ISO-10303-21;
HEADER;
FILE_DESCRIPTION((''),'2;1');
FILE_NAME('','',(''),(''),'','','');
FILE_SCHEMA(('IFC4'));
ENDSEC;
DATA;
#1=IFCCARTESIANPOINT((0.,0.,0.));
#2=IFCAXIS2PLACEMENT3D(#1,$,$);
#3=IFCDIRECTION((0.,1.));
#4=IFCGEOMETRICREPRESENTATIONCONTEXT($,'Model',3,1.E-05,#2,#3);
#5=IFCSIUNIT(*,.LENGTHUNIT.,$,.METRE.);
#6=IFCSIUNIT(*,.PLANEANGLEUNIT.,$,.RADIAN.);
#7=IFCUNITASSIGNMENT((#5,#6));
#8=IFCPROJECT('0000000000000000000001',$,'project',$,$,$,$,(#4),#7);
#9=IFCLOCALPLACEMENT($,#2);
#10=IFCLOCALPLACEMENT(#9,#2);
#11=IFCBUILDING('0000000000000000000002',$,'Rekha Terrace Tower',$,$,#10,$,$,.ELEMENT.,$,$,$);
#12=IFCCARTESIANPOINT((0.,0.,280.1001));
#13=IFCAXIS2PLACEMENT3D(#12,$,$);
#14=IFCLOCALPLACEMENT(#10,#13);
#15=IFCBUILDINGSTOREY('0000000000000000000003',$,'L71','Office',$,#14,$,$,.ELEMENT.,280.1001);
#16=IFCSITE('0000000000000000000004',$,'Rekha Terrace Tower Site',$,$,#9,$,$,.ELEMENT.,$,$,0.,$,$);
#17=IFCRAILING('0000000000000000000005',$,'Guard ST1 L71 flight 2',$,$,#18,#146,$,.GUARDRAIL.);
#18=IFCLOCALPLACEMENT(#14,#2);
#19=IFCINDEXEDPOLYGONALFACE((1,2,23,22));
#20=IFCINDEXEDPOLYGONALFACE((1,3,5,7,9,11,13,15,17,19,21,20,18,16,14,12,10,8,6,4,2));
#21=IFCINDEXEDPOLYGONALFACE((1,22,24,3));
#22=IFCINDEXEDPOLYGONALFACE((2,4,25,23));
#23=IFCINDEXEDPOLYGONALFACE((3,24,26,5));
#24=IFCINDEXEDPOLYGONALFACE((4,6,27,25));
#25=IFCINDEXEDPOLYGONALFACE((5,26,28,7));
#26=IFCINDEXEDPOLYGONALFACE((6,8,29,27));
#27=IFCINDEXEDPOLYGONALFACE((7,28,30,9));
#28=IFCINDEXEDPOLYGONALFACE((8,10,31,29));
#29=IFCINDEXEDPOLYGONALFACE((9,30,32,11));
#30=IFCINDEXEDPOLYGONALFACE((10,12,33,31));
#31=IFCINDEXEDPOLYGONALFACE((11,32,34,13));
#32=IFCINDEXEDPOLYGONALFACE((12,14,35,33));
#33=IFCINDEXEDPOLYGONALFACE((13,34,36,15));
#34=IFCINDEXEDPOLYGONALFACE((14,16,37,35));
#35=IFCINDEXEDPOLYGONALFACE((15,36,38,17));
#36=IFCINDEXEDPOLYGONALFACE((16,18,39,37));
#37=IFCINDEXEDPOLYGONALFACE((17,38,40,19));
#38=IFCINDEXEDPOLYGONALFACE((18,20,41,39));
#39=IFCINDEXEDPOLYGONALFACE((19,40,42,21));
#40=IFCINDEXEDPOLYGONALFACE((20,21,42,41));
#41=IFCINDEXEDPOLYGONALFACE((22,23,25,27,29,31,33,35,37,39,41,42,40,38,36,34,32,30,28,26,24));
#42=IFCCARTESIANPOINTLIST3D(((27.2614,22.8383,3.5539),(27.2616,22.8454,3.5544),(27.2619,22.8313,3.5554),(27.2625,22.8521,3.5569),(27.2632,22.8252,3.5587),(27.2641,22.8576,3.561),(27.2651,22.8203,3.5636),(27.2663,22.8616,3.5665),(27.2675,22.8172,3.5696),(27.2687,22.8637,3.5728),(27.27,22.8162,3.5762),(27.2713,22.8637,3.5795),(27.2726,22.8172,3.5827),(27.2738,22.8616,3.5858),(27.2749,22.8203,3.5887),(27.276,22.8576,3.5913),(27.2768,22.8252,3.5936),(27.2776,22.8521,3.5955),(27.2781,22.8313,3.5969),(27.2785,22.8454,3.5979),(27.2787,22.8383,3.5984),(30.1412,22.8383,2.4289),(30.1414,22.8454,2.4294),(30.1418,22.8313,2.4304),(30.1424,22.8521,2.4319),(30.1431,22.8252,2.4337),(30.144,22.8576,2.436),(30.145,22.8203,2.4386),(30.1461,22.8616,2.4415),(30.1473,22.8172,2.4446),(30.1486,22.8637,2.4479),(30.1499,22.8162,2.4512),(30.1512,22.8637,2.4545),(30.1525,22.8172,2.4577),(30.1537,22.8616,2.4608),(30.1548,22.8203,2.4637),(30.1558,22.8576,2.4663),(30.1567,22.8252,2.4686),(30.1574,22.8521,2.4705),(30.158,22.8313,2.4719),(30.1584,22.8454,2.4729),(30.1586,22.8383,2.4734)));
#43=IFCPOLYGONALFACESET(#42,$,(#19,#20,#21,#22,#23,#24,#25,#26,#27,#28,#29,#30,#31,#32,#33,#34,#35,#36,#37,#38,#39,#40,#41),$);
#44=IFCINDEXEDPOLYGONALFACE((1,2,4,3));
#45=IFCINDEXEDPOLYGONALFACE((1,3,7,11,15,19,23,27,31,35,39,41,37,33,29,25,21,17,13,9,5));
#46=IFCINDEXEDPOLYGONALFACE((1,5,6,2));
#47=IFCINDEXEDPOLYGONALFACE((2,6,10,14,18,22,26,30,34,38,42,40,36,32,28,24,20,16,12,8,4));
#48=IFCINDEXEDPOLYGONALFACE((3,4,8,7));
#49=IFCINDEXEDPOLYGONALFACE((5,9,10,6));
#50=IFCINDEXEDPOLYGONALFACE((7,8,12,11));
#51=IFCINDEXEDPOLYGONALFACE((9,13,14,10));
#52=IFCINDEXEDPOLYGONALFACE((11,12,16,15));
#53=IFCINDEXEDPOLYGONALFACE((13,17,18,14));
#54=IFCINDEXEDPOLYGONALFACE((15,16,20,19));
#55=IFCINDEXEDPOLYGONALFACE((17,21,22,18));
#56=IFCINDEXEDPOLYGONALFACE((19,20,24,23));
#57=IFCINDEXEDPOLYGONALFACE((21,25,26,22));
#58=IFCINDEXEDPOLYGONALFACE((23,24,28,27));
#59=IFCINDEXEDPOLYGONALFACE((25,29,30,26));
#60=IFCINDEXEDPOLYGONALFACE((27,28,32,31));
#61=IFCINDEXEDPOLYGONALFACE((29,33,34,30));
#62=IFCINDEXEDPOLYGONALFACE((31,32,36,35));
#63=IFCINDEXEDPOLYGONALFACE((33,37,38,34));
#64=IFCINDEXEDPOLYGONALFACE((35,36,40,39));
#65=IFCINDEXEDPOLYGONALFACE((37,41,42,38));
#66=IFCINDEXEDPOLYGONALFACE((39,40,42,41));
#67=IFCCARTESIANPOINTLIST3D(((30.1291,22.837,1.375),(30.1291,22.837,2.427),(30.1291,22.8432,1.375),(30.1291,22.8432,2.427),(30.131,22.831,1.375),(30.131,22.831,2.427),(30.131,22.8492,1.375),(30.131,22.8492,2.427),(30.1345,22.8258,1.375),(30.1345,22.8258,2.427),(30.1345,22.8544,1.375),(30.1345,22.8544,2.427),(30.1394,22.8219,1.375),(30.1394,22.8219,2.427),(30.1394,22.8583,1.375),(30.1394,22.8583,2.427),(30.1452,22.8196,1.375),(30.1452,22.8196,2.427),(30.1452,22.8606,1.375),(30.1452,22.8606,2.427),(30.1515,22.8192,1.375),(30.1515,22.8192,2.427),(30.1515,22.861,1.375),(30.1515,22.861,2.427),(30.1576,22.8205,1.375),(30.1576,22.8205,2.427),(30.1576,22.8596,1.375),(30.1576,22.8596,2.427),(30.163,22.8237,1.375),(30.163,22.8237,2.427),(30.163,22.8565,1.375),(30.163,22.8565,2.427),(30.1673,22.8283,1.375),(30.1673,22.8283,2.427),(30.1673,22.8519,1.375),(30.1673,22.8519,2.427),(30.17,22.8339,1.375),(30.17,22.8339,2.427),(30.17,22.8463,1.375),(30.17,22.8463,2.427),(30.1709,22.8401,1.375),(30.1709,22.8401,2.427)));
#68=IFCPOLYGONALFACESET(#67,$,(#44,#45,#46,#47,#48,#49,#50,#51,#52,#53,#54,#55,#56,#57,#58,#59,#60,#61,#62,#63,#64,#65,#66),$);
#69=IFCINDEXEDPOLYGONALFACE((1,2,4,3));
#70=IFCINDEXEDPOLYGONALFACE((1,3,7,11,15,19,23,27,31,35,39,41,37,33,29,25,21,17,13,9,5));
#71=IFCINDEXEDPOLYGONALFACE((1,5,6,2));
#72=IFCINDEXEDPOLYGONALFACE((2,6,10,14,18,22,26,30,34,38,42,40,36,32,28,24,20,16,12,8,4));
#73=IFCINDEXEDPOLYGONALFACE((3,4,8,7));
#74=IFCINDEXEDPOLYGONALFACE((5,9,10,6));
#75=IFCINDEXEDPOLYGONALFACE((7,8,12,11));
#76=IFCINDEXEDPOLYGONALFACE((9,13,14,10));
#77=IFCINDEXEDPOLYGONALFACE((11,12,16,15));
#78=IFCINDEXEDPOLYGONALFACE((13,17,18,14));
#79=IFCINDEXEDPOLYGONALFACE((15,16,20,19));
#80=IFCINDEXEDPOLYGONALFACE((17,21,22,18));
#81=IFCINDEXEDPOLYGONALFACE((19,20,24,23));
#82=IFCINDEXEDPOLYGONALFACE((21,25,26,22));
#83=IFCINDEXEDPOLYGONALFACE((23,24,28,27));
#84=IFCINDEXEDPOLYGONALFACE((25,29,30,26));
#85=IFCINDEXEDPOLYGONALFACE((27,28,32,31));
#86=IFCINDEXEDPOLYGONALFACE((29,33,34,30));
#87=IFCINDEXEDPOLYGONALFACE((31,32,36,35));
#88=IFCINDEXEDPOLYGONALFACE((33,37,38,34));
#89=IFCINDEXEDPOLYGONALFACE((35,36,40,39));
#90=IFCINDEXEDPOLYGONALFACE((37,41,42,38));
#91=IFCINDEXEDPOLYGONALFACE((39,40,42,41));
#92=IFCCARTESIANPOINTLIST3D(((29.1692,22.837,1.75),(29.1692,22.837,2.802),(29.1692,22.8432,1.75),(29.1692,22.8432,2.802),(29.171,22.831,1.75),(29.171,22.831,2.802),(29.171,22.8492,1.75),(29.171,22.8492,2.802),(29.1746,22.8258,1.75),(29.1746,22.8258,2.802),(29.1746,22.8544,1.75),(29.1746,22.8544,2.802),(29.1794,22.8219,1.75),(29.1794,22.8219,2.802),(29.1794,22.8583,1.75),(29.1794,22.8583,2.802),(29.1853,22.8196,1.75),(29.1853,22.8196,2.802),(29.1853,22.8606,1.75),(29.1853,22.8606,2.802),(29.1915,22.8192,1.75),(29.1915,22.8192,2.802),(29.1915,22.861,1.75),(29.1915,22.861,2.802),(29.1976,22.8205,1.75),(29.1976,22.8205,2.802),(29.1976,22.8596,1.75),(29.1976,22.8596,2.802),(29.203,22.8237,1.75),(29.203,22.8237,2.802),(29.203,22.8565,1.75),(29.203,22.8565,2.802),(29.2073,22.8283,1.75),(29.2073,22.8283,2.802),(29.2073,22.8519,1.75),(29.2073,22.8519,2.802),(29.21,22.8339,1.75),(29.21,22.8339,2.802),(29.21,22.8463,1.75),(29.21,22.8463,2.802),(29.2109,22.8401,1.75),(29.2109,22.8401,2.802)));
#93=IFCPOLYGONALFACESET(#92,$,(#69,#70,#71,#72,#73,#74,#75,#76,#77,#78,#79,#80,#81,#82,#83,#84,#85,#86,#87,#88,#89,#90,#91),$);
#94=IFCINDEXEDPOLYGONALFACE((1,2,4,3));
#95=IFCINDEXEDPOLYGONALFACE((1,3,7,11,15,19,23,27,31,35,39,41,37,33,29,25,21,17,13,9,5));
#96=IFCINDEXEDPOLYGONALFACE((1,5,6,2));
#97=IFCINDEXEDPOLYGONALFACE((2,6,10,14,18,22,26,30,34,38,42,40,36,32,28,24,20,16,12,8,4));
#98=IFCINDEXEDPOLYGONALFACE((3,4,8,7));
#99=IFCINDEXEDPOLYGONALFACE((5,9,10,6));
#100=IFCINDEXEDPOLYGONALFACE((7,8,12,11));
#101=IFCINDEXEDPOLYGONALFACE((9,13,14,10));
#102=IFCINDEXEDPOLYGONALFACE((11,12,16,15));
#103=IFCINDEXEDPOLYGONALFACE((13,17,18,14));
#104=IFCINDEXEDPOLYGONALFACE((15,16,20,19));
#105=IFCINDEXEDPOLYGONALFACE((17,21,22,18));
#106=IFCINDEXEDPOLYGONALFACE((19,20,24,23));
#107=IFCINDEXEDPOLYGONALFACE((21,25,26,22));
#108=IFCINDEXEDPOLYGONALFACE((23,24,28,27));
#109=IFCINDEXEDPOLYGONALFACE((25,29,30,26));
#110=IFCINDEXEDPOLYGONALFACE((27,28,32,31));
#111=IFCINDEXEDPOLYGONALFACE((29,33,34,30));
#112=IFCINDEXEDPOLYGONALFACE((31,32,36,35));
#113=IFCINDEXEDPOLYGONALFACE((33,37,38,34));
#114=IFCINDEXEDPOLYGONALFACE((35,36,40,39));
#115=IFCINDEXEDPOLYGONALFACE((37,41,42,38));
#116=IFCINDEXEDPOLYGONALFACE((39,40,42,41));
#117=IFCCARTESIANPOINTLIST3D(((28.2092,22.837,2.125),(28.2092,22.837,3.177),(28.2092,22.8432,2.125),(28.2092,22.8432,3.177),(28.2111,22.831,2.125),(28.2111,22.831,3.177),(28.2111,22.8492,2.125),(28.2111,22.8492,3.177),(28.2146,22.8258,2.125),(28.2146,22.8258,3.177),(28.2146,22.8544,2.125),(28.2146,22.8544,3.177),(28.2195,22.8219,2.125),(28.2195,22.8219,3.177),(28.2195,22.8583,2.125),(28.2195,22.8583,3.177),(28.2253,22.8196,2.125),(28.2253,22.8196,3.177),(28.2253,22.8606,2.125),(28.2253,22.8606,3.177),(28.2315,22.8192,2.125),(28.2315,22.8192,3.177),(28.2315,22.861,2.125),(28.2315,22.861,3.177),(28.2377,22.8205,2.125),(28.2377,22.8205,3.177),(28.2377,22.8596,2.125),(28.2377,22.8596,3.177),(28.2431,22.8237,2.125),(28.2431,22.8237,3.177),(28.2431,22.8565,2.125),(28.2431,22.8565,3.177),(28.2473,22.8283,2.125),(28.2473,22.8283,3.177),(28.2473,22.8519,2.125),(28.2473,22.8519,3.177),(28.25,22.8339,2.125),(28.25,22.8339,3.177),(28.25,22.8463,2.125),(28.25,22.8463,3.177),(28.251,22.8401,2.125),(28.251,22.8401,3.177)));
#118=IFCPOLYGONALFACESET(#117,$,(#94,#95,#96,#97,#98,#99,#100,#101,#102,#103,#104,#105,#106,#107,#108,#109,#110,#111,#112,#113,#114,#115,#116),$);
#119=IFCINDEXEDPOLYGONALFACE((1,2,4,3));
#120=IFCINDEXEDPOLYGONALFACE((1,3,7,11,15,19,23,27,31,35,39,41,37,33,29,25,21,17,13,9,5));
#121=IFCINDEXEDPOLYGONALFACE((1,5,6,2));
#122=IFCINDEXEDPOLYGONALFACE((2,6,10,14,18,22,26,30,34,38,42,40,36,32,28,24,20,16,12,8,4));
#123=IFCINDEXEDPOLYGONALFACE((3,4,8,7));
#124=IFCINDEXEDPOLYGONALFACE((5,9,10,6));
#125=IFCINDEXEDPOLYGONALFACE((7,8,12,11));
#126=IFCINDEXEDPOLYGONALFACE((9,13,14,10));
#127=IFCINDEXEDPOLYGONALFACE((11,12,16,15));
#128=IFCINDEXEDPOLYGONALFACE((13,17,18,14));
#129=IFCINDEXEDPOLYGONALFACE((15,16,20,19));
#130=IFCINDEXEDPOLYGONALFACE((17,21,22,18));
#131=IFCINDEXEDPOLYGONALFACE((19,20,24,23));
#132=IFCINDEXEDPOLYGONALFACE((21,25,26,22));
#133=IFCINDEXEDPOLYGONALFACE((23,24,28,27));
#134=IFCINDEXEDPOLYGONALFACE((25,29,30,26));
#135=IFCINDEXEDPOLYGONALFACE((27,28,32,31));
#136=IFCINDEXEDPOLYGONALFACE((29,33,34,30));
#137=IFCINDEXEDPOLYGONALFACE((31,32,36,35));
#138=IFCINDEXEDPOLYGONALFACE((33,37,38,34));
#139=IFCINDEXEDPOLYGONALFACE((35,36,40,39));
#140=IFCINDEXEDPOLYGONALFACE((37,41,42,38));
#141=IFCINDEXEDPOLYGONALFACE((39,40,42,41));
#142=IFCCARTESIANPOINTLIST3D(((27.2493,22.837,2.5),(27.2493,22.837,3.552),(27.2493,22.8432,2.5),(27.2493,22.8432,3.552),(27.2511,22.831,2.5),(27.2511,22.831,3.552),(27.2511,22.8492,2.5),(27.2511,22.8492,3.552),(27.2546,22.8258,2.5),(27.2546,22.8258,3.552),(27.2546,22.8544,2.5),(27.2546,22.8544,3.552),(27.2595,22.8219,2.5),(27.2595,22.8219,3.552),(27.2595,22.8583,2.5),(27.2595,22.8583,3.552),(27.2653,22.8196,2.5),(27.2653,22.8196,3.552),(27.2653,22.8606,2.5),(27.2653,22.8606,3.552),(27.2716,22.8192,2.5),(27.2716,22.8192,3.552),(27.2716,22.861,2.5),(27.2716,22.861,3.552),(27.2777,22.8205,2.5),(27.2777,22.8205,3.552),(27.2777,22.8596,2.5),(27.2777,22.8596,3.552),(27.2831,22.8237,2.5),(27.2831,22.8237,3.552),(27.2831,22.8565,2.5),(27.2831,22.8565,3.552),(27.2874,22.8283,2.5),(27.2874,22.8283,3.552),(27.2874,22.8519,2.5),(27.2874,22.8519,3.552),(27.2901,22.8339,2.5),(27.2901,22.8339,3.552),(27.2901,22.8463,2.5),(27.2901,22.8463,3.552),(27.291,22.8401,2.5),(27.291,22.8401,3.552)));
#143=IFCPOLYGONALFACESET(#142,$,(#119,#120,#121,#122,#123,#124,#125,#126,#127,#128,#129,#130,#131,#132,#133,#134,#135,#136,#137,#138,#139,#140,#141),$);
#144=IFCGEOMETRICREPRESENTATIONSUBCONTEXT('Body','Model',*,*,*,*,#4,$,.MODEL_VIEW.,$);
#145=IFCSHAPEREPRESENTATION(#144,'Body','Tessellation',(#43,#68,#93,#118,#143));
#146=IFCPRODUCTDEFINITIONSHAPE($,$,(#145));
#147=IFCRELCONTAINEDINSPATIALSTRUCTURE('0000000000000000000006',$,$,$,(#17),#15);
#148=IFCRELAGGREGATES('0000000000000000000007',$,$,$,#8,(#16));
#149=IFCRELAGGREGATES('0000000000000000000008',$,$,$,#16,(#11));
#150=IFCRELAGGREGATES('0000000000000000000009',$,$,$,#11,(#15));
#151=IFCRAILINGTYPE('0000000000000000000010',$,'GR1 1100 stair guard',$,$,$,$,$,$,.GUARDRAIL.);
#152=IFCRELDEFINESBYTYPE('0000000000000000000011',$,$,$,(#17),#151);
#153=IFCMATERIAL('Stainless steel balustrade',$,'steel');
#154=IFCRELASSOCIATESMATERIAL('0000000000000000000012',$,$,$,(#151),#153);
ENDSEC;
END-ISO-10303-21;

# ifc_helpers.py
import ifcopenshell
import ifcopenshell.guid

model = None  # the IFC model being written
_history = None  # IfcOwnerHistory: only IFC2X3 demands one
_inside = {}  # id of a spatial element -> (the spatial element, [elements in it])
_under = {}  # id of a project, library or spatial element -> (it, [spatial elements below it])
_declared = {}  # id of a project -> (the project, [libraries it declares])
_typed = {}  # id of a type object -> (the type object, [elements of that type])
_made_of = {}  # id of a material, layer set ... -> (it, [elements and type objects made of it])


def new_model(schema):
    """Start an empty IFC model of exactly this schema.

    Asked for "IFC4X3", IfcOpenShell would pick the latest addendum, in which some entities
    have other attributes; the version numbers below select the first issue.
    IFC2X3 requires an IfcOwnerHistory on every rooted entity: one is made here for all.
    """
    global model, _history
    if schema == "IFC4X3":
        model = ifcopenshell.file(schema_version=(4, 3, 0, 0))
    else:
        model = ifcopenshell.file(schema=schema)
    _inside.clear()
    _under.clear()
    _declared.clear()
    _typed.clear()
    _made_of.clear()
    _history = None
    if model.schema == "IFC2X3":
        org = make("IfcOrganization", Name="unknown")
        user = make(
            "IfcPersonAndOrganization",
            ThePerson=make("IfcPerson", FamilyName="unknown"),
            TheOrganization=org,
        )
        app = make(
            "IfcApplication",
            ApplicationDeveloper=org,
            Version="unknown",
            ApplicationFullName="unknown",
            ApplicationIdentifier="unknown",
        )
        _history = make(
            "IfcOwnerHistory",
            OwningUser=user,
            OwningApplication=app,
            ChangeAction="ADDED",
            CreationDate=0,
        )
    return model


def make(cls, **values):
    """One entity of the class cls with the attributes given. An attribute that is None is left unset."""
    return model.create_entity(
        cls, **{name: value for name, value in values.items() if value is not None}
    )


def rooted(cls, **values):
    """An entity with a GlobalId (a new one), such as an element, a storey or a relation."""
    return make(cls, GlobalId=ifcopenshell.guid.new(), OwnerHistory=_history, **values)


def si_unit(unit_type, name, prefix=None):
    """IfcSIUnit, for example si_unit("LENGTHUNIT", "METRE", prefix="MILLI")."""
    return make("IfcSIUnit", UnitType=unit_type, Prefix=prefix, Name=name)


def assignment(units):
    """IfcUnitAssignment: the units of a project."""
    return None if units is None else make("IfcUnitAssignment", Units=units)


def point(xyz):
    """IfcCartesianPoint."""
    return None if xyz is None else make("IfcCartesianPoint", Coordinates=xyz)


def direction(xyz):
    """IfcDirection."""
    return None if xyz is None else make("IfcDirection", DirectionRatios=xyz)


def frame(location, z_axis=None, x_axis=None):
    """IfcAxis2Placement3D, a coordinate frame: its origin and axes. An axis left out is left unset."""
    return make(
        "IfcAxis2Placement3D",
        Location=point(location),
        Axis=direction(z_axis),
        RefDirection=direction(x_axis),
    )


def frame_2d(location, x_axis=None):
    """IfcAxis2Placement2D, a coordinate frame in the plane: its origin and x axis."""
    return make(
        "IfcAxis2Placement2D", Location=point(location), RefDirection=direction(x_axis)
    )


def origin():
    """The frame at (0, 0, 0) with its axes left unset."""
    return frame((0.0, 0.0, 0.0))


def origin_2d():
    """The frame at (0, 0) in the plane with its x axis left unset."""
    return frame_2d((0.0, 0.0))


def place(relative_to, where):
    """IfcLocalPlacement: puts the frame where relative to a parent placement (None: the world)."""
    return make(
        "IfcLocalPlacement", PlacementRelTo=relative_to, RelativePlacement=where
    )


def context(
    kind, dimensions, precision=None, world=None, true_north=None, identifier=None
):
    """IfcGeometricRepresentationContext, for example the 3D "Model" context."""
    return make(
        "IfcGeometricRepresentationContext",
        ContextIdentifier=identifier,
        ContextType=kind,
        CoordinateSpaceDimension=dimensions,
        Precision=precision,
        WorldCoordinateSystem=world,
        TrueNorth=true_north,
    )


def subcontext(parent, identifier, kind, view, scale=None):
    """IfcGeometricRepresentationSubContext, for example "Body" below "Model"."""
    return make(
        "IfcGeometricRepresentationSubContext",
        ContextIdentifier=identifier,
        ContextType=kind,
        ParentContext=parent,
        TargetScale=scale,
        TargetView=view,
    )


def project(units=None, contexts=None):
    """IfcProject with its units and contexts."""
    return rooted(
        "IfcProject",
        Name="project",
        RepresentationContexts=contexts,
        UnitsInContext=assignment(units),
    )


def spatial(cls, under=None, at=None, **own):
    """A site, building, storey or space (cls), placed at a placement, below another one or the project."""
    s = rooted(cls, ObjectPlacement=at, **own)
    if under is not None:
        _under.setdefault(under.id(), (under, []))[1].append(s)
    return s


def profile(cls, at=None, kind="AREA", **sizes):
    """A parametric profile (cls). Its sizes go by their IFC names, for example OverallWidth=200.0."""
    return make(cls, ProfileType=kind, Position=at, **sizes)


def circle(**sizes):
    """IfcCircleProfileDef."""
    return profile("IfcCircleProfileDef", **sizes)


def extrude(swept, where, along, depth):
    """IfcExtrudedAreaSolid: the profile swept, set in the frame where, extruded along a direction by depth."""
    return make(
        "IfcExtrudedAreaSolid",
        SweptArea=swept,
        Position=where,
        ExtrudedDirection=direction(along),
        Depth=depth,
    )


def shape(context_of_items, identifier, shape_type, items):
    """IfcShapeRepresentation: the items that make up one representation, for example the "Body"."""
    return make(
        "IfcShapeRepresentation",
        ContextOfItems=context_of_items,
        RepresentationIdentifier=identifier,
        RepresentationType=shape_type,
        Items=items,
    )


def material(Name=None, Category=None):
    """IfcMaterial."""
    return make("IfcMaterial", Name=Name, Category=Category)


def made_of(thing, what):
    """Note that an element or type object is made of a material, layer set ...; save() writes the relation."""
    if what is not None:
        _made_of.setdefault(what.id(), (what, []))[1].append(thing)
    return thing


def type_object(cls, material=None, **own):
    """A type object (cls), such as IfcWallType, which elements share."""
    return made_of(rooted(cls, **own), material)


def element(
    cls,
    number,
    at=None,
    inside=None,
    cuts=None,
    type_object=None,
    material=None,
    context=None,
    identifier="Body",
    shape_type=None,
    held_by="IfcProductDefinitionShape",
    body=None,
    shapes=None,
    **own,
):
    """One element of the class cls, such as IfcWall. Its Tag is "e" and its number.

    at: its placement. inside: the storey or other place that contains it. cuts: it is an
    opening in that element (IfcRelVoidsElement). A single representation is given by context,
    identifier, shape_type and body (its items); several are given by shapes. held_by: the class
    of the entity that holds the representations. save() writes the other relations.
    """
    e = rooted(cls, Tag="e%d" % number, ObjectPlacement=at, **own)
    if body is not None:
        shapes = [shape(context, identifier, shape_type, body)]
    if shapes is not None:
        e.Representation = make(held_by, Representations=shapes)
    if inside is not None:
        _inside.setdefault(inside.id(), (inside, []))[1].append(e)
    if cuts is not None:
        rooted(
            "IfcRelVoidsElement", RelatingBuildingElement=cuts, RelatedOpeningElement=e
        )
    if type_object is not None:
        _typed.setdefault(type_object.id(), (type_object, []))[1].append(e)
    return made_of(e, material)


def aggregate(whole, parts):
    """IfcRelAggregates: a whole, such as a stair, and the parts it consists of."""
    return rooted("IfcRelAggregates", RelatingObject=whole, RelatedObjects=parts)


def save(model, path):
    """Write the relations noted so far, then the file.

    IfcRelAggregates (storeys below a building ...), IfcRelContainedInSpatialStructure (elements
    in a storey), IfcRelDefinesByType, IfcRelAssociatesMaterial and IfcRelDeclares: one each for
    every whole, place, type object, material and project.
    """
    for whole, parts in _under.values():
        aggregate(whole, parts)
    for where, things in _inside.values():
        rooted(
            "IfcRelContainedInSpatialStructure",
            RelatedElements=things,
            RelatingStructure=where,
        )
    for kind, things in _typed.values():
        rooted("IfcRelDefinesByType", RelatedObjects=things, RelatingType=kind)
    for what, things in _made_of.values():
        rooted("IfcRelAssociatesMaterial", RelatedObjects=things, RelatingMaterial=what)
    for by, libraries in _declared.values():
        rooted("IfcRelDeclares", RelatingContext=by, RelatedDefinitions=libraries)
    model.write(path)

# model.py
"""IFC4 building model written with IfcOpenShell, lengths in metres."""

from ifc_helpers import new_model, si_unit, direction, frame, origin, origin_2d, place, context, subcontext, project, spatial, circle, extrude, material, type_object, element, save


model = new_model("IFC4")

# Units and contexts
model_context = context("Model", 3, precision=1e-05, world=origin(), true_north=direction((0.0, 1.0)))
body_context = subcontext(model_context, "Body", "Model", "MODEL_VIEW")
ifc_project = project(units=[si_unit("LENGTHUNIT", "METRE"), si_unit("PLANEANGLEUNIT", "RADIAN")], contexts=[model_context])

# Site, building, storey
site_placement = place(None, origin())
site = spatial("IfcSite", under=ifc_project, at=site_placement, Name="Rekha Terrace Tower Site", CompositionType="ELEMENT", RefElevation=0.0)
building_placement = place(site_placement, origin())
building = spatial("IfcBuilding", under=site, at=building_placement, Name="Rekha Terrace Tower", CompositionType="ELEMENT")
storey_placement = place(building_placement, frame((0.0, 0.0, 280.1001)))
storey = spatial("IfcBuildingStorey", under=building, at=storey_placement, Name="L71", Description="Office", CompositionType="ELEMENT", Elevation=280.1001)

# Railing
ifc_material_1 = material(Name="Stainless steel balustrade", Category="steel")
railing_type_1 = type_object("IfcRailingType", Name="GR1 1100 stair guard", PredefinedType="GUARDRAIL", material=ifc_material_1)
railing_1_placement = place(storey_placement, frame((30.1499, 22.8401, 1.375)))
element("IfcRailing", 1, at=railing_1_placement, inside=storey, type_object=railing_type_1, Name="Guard ST1 L71 flight 2", PredefinedType="GUARDRAIL", context=body_context, shape_type="SweptSolid", body=[
    extrude(circle(Radius=0.0239, at=origin_2d()), frame((0.0, 0.0, 1.0762), z_axis=(-0.931452, 0.0, 0.363863), x_axis=(0.0, -1.0, 0.0)), (0.0, 0.0, 1.0), 3.0918),
    extrude(circle(Radius=0.021, at=origin_2d()), origin(), (0.0, 0.0, 1.0), 1.052),
    extrude(circle(Radius=0.021, at=origin_2d()), frame((-0.96, 0.0, 0.375)), (0.0, 0.0, 1.0), 1.052),
    extrude(circle(Radius=0.021, at=origin_2d()), frame((-1.9199, 0.0, 0.75)), (0.0, 0.0, 1.0), 1.052),
    extrude(circle(Radius=0.021, at=origin_2d()), frame((-2.8799, 0.0, 1.125)), (0.0, 0.0, 1.0), 1.052),
])

save(model, "model.ifc")
